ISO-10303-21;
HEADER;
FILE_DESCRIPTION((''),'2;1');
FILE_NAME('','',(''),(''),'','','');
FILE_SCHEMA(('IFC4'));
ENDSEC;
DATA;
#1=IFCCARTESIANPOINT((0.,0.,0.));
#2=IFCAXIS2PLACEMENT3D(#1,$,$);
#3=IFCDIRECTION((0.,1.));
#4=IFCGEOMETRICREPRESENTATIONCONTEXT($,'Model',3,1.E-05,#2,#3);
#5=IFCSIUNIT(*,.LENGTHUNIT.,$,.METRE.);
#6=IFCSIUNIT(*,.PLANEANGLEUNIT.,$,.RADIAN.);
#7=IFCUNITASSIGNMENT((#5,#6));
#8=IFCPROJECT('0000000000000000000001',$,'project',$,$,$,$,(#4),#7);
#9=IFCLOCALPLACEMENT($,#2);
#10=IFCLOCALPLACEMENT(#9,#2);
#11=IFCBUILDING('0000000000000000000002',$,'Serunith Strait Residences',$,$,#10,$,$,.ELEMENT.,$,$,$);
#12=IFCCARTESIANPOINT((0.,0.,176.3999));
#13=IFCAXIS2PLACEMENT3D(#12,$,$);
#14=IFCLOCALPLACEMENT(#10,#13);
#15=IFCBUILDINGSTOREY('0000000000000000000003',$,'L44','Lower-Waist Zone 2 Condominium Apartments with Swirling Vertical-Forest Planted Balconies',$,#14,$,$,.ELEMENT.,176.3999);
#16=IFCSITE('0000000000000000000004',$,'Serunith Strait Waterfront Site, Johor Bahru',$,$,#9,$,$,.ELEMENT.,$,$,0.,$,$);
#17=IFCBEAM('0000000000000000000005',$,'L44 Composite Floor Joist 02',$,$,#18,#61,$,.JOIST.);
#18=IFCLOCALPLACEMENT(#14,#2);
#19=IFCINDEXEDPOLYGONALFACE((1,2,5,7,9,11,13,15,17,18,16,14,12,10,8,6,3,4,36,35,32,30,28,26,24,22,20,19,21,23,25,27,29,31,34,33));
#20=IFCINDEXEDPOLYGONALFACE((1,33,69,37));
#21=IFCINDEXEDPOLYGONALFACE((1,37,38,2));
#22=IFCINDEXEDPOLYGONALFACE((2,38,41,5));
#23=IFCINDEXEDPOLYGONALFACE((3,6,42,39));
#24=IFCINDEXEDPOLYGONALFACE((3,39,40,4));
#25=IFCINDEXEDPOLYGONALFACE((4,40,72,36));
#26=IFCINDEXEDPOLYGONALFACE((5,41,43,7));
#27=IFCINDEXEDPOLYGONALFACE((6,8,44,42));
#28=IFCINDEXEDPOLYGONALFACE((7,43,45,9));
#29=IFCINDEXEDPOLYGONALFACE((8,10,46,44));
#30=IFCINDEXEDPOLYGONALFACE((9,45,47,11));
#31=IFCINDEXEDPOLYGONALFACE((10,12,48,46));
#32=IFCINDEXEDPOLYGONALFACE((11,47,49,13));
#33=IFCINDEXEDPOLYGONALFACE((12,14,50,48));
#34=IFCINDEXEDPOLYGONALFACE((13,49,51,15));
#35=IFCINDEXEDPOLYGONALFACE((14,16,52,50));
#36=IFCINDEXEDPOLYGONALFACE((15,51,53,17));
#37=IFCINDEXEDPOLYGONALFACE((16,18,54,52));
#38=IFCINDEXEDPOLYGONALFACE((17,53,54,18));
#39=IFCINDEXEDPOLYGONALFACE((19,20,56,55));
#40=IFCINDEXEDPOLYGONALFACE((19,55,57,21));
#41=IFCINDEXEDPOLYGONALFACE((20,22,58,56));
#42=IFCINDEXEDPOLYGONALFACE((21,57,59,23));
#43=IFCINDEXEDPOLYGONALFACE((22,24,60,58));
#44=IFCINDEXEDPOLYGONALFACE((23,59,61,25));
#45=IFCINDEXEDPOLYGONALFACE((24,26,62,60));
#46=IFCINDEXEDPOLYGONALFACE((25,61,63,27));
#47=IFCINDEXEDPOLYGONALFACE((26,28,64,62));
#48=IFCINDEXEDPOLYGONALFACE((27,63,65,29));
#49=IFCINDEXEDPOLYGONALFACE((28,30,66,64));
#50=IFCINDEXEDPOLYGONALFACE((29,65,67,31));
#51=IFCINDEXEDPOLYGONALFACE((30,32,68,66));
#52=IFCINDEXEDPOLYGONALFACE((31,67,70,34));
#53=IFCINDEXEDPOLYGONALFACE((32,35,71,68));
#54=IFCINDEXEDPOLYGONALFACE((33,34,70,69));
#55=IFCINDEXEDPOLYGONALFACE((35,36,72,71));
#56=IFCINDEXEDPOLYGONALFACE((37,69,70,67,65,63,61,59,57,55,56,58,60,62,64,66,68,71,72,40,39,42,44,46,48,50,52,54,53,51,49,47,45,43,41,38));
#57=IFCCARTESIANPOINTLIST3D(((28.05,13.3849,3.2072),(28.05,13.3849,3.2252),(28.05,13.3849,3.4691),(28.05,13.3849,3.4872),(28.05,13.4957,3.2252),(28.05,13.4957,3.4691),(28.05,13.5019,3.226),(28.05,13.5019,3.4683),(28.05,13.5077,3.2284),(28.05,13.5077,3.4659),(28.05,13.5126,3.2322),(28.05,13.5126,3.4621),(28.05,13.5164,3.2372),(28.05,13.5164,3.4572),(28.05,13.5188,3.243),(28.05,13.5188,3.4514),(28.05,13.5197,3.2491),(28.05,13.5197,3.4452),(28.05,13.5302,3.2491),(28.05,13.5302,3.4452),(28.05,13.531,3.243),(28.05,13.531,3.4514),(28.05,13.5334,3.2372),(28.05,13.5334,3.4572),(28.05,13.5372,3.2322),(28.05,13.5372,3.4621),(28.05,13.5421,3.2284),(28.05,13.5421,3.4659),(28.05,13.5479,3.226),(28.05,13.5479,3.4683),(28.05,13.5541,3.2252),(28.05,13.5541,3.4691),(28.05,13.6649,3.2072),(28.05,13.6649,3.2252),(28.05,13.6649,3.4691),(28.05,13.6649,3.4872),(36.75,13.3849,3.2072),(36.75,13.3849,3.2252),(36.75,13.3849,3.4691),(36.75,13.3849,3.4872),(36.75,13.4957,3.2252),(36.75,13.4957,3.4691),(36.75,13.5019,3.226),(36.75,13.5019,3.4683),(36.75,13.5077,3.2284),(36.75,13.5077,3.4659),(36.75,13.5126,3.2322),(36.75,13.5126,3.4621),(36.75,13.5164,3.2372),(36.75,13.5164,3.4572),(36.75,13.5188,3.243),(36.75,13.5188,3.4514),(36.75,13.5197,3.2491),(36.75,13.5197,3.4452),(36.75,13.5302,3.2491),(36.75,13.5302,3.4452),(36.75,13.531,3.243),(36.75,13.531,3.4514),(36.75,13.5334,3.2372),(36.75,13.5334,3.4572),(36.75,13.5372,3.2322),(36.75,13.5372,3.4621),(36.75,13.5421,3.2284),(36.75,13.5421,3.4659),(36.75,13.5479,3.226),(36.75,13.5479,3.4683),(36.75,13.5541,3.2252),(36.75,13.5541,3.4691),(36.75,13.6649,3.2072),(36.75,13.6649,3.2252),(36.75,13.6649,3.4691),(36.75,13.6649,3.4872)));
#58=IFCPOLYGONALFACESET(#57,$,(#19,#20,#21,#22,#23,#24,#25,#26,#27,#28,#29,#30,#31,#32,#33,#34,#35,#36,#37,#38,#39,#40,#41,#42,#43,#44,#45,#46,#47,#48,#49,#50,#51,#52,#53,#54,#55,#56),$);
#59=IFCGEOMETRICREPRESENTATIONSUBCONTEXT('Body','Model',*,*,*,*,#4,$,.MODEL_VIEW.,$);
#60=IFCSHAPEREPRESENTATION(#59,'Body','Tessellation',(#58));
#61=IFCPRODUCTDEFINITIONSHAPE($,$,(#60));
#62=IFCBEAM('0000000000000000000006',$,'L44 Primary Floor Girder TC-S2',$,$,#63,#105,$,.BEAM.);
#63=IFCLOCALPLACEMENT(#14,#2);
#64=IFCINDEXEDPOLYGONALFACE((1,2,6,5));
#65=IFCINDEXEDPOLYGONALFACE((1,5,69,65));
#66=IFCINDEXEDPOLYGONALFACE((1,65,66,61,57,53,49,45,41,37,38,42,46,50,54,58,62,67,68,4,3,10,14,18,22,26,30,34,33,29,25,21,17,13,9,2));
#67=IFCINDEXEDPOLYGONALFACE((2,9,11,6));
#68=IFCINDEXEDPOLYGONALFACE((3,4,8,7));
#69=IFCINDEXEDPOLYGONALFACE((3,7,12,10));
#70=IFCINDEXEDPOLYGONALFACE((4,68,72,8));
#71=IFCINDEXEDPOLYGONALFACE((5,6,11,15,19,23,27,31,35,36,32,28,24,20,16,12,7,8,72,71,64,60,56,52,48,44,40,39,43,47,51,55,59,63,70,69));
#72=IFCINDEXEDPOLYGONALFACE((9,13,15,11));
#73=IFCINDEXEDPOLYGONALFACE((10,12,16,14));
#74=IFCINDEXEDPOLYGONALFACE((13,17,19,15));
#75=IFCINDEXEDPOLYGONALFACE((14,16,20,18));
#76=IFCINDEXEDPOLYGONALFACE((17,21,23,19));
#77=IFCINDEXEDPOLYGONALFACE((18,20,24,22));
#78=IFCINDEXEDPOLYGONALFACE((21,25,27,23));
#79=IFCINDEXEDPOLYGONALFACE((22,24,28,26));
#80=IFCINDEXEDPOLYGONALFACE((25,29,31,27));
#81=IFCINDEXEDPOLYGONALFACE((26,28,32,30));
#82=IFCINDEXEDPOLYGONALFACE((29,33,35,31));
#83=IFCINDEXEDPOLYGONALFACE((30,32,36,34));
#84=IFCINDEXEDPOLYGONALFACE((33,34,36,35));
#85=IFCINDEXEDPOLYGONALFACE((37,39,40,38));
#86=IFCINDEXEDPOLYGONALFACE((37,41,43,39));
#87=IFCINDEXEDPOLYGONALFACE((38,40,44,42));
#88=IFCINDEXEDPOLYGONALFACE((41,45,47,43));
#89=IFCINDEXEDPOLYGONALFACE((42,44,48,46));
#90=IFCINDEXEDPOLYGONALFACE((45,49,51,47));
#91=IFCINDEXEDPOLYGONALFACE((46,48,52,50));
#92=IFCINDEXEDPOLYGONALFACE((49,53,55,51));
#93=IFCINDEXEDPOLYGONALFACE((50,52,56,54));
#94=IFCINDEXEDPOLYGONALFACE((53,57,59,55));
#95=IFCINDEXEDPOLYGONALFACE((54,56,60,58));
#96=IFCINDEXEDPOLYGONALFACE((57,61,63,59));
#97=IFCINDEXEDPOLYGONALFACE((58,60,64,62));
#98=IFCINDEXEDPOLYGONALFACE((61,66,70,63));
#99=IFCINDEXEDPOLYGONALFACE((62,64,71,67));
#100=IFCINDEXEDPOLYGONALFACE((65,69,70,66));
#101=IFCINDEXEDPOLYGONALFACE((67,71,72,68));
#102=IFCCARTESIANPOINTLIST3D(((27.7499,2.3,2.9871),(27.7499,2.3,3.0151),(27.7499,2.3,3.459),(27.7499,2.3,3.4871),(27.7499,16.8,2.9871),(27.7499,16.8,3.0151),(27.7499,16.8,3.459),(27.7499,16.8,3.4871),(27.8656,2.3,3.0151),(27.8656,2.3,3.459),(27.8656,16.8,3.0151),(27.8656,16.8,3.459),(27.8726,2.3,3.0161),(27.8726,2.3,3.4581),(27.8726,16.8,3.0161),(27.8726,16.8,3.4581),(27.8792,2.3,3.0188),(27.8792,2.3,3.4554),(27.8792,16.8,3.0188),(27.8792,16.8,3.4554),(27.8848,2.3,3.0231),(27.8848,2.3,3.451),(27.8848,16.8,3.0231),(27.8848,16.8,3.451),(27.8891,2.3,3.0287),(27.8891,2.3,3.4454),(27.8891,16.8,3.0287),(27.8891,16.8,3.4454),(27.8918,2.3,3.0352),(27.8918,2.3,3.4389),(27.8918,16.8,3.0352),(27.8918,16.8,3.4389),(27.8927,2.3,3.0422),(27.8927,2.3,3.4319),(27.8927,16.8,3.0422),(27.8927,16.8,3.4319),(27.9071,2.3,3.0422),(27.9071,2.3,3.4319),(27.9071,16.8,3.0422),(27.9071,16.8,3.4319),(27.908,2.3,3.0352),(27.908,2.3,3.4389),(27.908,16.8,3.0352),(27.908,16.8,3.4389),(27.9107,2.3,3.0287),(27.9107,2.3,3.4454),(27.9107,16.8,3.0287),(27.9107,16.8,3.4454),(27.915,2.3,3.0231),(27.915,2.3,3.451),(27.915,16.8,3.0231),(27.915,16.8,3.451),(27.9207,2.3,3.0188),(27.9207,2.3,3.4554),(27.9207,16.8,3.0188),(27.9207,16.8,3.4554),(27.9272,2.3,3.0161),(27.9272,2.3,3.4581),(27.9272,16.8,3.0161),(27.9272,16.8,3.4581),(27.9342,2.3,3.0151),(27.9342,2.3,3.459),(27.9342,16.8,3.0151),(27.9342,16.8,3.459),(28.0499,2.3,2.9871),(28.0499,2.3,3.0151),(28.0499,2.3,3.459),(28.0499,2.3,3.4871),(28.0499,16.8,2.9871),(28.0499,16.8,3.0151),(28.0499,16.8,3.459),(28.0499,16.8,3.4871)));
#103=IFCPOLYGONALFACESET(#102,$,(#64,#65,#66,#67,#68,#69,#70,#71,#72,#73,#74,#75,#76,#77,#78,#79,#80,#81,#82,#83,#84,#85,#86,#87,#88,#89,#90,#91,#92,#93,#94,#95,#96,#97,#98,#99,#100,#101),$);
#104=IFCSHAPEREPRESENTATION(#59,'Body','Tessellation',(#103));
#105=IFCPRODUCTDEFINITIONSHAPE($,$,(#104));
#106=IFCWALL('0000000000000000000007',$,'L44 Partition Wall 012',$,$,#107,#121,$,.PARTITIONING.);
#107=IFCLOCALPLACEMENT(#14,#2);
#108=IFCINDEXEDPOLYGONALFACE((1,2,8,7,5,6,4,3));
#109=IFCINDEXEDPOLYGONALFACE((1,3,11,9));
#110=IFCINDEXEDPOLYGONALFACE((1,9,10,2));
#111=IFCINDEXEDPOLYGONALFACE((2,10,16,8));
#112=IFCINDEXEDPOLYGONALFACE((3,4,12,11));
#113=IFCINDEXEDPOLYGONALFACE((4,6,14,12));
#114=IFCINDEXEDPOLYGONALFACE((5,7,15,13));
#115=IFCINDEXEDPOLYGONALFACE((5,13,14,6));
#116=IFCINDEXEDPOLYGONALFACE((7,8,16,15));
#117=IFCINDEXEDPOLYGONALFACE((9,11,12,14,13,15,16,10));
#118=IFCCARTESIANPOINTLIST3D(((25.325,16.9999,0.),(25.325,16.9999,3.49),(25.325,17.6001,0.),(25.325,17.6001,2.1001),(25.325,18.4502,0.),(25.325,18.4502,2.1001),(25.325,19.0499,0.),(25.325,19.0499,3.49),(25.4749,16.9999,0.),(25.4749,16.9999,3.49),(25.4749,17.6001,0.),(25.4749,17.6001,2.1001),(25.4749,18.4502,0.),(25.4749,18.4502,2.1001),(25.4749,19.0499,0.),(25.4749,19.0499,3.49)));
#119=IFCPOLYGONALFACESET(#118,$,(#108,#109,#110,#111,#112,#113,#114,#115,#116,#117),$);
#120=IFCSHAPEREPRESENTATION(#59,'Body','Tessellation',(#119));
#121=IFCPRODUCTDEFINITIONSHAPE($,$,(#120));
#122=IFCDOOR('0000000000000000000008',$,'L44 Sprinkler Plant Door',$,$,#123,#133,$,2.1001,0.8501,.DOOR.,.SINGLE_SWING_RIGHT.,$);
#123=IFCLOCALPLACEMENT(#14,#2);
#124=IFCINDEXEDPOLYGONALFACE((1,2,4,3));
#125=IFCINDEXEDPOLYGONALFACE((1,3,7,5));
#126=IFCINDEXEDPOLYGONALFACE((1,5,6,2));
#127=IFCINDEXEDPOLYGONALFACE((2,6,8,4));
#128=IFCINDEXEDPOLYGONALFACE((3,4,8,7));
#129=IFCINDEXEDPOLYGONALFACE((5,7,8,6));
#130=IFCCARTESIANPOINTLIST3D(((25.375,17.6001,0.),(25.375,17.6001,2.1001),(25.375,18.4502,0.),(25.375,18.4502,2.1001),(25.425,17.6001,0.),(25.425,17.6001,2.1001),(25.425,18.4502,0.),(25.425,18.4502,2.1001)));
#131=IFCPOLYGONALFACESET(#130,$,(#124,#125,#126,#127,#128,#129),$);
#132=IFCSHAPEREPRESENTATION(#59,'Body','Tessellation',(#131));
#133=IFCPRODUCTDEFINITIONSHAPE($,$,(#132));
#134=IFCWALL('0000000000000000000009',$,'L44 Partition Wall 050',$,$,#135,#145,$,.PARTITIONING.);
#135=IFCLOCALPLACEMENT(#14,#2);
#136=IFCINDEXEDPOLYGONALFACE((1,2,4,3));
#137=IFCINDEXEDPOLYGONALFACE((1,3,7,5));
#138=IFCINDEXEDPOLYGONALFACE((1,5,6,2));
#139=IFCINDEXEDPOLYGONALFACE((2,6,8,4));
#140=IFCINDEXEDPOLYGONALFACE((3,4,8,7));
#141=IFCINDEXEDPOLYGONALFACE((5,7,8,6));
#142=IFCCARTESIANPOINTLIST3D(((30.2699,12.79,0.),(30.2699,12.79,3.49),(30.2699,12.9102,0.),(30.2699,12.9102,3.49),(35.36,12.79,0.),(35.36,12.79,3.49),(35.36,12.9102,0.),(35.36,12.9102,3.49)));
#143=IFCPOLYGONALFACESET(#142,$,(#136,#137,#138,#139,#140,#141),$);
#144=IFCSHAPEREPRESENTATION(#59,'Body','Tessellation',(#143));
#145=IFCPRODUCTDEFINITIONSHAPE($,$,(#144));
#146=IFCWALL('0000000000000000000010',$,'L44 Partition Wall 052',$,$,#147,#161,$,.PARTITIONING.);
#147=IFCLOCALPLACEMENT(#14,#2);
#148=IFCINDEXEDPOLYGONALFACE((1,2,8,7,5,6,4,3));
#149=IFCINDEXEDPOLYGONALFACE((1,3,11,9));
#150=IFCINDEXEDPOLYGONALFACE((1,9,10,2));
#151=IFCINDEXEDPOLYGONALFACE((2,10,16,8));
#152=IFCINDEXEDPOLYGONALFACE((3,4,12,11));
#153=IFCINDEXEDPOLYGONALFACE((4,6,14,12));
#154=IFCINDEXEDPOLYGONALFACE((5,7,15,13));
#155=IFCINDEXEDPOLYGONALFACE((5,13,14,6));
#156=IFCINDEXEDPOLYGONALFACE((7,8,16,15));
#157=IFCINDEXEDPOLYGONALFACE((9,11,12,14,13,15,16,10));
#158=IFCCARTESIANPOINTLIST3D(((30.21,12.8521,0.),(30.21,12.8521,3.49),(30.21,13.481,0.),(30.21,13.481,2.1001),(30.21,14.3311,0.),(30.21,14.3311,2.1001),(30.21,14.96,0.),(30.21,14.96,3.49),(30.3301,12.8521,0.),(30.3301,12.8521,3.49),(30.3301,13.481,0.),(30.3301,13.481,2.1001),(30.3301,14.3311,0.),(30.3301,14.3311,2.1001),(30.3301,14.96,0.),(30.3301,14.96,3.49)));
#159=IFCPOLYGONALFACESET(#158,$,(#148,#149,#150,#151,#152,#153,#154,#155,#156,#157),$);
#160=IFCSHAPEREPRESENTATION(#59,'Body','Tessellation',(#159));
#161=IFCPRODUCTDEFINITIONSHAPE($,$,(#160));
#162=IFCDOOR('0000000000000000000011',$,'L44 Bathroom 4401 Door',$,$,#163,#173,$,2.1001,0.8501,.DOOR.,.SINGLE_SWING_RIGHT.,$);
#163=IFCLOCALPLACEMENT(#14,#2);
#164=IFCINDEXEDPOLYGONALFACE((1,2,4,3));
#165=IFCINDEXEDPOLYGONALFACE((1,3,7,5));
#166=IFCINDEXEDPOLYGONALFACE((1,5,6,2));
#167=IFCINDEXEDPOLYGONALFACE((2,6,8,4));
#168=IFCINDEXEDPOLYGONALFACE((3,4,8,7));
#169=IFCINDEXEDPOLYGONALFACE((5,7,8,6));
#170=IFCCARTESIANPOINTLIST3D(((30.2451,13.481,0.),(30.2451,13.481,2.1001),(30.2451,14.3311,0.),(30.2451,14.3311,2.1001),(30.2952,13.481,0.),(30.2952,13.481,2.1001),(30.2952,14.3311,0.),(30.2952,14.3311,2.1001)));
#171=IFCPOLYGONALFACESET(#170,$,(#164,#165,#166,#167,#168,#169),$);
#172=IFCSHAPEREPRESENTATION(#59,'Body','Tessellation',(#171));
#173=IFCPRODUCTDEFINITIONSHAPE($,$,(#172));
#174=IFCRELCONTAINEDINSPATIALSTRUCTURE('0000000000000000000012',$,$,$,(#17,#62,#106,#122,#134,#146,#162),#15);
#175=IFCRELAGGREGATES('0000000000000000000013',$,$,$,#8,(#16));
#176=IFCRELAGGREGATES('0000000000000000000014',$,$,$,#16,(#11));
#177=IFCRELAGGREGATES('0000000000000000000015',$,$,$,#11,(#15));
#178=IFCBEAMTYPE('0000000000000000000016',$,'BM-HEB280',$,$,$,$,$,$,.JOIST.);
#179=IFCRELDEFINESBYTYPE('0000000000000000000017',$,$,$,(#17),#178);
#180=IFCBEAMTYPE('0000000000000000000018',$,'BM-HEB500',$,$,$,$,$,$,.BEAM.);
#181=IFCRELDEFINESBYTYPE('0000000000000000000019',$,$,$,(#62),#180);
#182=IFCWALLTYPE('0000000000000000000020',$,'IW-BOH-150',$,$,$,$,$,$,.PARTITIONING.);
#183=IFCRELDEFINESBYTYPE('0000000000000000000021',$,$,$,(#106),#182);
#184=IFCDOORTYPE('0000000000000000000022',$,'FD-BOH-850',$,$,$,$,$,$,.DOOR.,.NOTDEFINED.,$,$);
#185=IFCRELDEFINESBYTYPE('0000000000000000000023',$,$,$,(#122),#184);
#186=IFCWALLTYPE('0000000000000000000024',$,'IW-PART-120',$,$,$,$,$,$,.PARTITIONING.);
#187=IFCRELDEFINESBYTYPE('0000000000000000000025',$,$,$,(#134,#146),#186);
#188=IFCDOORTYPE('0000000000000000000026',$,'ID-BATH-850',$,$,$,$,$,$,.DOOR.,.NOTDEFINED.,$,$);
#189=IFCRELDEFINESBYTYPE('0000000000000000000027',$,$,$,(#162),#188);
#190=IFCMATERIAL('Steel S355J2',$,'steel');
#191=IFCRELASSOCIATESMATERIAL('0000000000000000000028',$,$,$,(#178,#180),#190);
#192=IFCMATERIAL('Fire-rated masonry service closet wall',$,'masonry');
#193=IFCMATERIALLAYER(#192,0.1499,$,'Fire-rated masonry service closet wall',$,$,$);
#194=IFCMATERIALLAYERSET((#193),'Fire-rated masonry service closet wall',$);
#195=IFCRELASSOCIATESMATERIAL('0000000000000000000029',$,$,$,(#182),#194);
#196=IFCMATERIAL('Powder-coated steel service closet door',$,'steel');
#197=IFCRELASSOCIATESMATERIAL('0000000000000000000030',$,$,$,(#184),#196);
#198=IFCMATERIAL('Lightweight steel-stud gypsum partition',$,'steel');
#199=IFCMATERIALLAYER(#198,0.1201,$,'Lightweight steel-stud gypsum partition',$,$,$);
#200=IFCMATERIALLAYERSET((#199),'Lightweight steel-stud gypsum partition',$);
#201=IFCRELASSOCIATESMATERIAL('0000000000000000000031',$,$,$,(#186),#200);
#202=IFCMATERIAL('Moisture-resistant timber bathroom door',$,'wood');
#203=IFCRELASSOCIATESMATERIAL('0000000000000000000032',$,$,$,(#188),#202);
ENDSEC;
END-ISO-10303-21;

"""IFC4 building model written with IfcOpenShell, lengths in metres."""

from ifc_helpers import new_model, si_unit, direction, frame, frame_2d, origin, origin_2d, place, context, subcontext, project, spatial, rectangle, i_section, extrude, source, transform, mapped, material, layer, layer_set, material_profile, profile_set, type_object, element, fill, save


model = new_model("IFC4")

# Units and contexts
model_context = context("Model", 3, precision=1e-05, world=origin(), true_north=direction((0.0, 1.0)))
body_context = subcontext(model_context, "Body", "Model", "MODEL_VIEW")
ifc_project = project(units=[si_unit("LENGTHUNIT", "METRE"), si_unit("PLANEANGLEUNIT", "RADIAN")], contexts=[model_context])

# Site, building, storey
site_placement = place(None, origin())
site = spatial("IfcSite", under=ifc_project, at=site_placement, Name="Serunith Strait Waterfront Site, Johor Bahru", CompositionType="ELEMENT", RefElevation=0.0)
building_placement = place(site_placement, origin())
building = spatial("IfcBuilding", under=site, at=building_placement, Name="Serunith Strait Residences", CompositionType="ELEMENT")
storey_placement = place(building_placement, frame((0.0, 0.0, 176.3999)))
storey = spatial("IfcBuildingStorey", under=building, at=storey_placement, Name="L44", Description="Lower-Waist Zone 2 Condominium Apartments with Swirling Vertical-Forest Planted Balconies", CompositionType="ELEMENT", Elevation=176.3999)

# Beams
ifc_material_1 = material(Name="Steel S355J2", Category="steel")
ifc_material_profile_1 = material_profile(ifc_material_1, i_section(OverallWidth=0.28, OverallDepth=0.28, WebThickness=0.0105, FlangeThickness=0.0181, FilletRadius=0.0239, at=origin_2d()), Name="HEB 280")
ifc_profile_set_1 = profile_set([ifc_material_profile_1], Name="Steel S355J2")
beam_type_1 = type_object("IfcBeamType", Name="BM-HEB280", PredefinedType="JOIST", material=ifc_profile_set_1)
shared_shape_1 = source(origin(), body_context, "Body", "SweptSolid", [
    extrude(i_section(OverallWidth=0.28, OverallDepth=0.28, WebThickness=0.0105, FlangeThickness=0.0181, FilletRadius=0.0239, at=origin_2d()), origin(), (0.0, 0.0, 1.0), 8.7),
])
beam_1_placement = place(storey_placement, frame((28.05, 13.5249, 3.3472), z_axis=(1.0, 0.0, 0.0), x_axis=(0.0, 1.0, 0.0)))
element("IfcBeam", 1, at=beam_1_placement, inside=storey, type_object=beam_type_1, Name="L44 Composite Floor Joist 02", PredefinedType="JOIST", context=body_context, shape_type="MappedRepresentation", body=[
    mapped(shared_shape_1, transform((0.0, 0.0, 0.0), scale=1.0)),
])
ifc_material_profile_2 = material_profile(ifc_material_1, i_section(OverallWidth=0.3, OverallDepth=0.5, WebThickness=0.0144, FlangeThickness=0.0281, FilletRadius=0.0271, at=origin_2d()), Name="HEB 500")
ifc_profile_set_2 = profile_set([ifc_material_profile_2], Name="Steel S355J2")
beam_type_2 = type_object("IfcBeamType", Name="BM-HEB500", PredefinedType="BEAM", material=ifc_profile_set_2)
shared_shape_2 = source(origin(), body_context, "Body", "SweptSolid", [
    extrude(i_section(OverallWidth=0.3, OverallDepth=0.5, WebThickness=0.0144, FlangeThickness=0.0281, FilletRadius=0.0271, at=origin_2d()), origin(), (0.0, 0.0, 1.0), 14.5),
])
beam_2_placement = place(storey_placement, frame((27.8999, 16.8, 3.2371), z_axis=(0.0, -1.0, 0.0), x_axis=(1.0, 0.0, 0.0)))
element("IfcBeam", 2, at=beam_2_placement, inside=storey, type_object=beam_type_2, Name="L44 Primary Floor Girder TC-S2", PredefinedType="BEAM", context=body_context, shape_type="MappedRepresentation", body=[
    mapped(shared_shape_2, transform((0.0, 0.0, 0.0), scale=1.0)),
])

# Wall, opening, door
ifc_material_2 = material(Name="Fire-rated masonry service closet wall", Category="masonry")
ifc_layer_1 = layer(ifc_material_2, 0.1499, Name="Fire-rated masonry service closet wall")
ifc_layer_set_1 = layer_set([ifc_layer_1], Name="Fire-rated masonry service closet wall")
wall_type_1 = type_object("IfcWallType", Name="IW-BOH-150", PredefinedType="PARTITIONING", material=ifc_layer_set_1)
wall_1_placement = place(storey_placement, frame((25.3999, 17.0, 0.0), z_axis=(0.0, 0.0, 1.0), x_axis=(0.0, 1.0, 0.0)))
wall_1 = element("IfcWall", 3, at=wall_1_placement, inside=storey, type_object=wall_type_1, Name="L44 Partition Wall 012", PredefinedType="PARTITIONING", context=body_context, shape_type="SweptSolid", body=[
    extrude(rectangle(XDim=2.05, YDim=0.1499, at=frame_2d((1.0249, 0.0))), origin(), (0.0, 0.0, 1.0), 3.49),
])
opening_1_placement = place(wall_1_placement, frame((0.6001, 0.0, 0.0)))
opening_1 = element("IfcOpeningElement", 4, at=opening_1_placement, cuts=wall_1, PredefinedType="OPENING", context=body_context, shape_type="SweptSolid", body=[
    extrude(rectangle(XDim=0.8501, YDim=2.1001, at=frame_2d((0.425, 1.05))), frame((0.0, 0.085, 0.0), z_axis=(0.0, -1.0, 0.0), x_axis=(1.0, 0.0, 0.0)), (0.0, 0.0, 1.0), 0.1699),
])
ifc_material_3 = material(Name="Powder-coated steel service closet door", Category="steel")
door_type_1 = type_object("IfcDoorType", Name="FD-BOH-850", OperationType="NOTDEFINED", PredefinedType="DOOR", material=ifc_material_3)
shared_shape_3 = source(origin(), body_context, "Body", "SweptSolid", [
    extrude(rectangle(XDim=0.8501, YDim=2.1001, at=frame_2d((0.425, 1.05))), frame((0.0, 0.0249, 0.0), z_axis=(0.0, -1.0, 0.0), x_axis=(1.0, 0.0, 0.0)), (0.0, 0.0, 1.0), 0.05),
])
door_1_placement = place(opening_1_placement, origin())
door_1 = element("IfcDoor", 5, at=door_1_placement, inside=storey, type_object=door_type_1, Name="L44 Sprinkler Plant Door", OperationType="SINGLE_SWING_RIGHT", OverallHeight=2.1001, OverallWidth=0.8501, PredefinedType="DOOR", context=body_context, shape_type="MappedRepresentation", body=[
    mapped(shared_shape_3, transform((0.0, 0.0, 0.0), scale=1.0)),
])
fill(opening_1, door_1)

# Wall
ifc_material_4 = material(Name="Lightweight steel-stud gypsum partition", Category="steel")
ifc_layer_2 = layer(ifc_material_4, 0.1201, Name="Lightweight steel-stud gypsum partition")
ifc_layer_set_2 = layer_set([ifc_layer_2], Name="Lightweight steel-stud gypsum partition")
wall_type_2 = type_object("IfcWallType", Name="IW-PART-120", PredefinedType="PARTITIONING", material=ifc_layer_set_2)
wall_2_placement = place(storey_placement, frame((30.27, 12.8501, 0.0), z_axis=(0.0, 0.0, 1.0), x_axis=(1.0, 0.0, 0.0)))
element("IfcWall", 6, at=wall_2_placement, inside=storey, type_object=wall_type_2, Name="L44 Partition Wall 050", PredefinedType="PARTITIONING", context=body_context, shape_type="SweptSolid", body=[
    extrude(rectangle(XDim=5.0901, YDim=0.1201, at=frame_2d((2.5449, 0.0))), origin(), (0.0, 0.0, 1.0), 3.49),
])

# Wall, opening, door
wall_3_placement = place(storey_placement, frame((30.27, 12.8521, 0.0), z_axis=(0.0, 0.0, 1.0), x_axis=(0.0, 1.0, 0.0)))
wall_3 = element("IfcWall", 7, at=wall_3_placement, inside=storey, type_object=wall_type_2, Name="L44 Partition Wall 052", PredefinedType="PARTITIONING", context=body_context, shape_type="SweptSolid", body=[
    extrude(rectangle(XDim=2.1079, YDim=0.1201, at=frame_2d((1.054, 0.0))), origin(), (0.0, 0.0, 1.0), 3.49),
])
opening_2_placement = place(wall_3_placement, frame((0.6289, 0.0, 0.0)))
opening_2 = element("IfcOpeningElement", 8, at=opening_2_placement, cuts=wall_3, PredefinedType="OPENING", context=body_context, shape_type="SweptSolid", body=[
    extrude(rectangle(XDim=0.8501, YDim=2.1001, at=frame_2d((0.425, 1.05))), frame((0.0, 0.0701, 0.0), z_axis=(0.0, -1.0, 0.0), x_axis=(1.0, 0.0, 0.0)), (0.0, 0.0, 1.0), 0.1401),
])
ifc_material_5 = material(Name="Moisture-resistant timber bathroom door", Category="wood")
door_type_2 = type_object("IfcDoorType", Name="ID-BATH-850", OperationType="NOTDEFINED", PredefinedType="DOOR", material=ifc_material_5)
door_2_placement = place(opening_2_placement, origin())
door_2 = element("IfcDoor", 9, at=door_2_placement, inside=storey, type_object=door_type_2, Name="L44 Bathroom 4401 Door", OperationType="SINGLE_SWING_RIGHT", OverallHeight=2.1001, OverallWidth=0.8501, PredefinedType="DOOR", context=body_context, shape_type="MappedRepresentation", body=[
    mapped(shared_shape_3, transform((0.0, 0.0, 0.0), scale=1.0)),
])
fill(opening_2, door_2)

save(model, "model.ifc")
